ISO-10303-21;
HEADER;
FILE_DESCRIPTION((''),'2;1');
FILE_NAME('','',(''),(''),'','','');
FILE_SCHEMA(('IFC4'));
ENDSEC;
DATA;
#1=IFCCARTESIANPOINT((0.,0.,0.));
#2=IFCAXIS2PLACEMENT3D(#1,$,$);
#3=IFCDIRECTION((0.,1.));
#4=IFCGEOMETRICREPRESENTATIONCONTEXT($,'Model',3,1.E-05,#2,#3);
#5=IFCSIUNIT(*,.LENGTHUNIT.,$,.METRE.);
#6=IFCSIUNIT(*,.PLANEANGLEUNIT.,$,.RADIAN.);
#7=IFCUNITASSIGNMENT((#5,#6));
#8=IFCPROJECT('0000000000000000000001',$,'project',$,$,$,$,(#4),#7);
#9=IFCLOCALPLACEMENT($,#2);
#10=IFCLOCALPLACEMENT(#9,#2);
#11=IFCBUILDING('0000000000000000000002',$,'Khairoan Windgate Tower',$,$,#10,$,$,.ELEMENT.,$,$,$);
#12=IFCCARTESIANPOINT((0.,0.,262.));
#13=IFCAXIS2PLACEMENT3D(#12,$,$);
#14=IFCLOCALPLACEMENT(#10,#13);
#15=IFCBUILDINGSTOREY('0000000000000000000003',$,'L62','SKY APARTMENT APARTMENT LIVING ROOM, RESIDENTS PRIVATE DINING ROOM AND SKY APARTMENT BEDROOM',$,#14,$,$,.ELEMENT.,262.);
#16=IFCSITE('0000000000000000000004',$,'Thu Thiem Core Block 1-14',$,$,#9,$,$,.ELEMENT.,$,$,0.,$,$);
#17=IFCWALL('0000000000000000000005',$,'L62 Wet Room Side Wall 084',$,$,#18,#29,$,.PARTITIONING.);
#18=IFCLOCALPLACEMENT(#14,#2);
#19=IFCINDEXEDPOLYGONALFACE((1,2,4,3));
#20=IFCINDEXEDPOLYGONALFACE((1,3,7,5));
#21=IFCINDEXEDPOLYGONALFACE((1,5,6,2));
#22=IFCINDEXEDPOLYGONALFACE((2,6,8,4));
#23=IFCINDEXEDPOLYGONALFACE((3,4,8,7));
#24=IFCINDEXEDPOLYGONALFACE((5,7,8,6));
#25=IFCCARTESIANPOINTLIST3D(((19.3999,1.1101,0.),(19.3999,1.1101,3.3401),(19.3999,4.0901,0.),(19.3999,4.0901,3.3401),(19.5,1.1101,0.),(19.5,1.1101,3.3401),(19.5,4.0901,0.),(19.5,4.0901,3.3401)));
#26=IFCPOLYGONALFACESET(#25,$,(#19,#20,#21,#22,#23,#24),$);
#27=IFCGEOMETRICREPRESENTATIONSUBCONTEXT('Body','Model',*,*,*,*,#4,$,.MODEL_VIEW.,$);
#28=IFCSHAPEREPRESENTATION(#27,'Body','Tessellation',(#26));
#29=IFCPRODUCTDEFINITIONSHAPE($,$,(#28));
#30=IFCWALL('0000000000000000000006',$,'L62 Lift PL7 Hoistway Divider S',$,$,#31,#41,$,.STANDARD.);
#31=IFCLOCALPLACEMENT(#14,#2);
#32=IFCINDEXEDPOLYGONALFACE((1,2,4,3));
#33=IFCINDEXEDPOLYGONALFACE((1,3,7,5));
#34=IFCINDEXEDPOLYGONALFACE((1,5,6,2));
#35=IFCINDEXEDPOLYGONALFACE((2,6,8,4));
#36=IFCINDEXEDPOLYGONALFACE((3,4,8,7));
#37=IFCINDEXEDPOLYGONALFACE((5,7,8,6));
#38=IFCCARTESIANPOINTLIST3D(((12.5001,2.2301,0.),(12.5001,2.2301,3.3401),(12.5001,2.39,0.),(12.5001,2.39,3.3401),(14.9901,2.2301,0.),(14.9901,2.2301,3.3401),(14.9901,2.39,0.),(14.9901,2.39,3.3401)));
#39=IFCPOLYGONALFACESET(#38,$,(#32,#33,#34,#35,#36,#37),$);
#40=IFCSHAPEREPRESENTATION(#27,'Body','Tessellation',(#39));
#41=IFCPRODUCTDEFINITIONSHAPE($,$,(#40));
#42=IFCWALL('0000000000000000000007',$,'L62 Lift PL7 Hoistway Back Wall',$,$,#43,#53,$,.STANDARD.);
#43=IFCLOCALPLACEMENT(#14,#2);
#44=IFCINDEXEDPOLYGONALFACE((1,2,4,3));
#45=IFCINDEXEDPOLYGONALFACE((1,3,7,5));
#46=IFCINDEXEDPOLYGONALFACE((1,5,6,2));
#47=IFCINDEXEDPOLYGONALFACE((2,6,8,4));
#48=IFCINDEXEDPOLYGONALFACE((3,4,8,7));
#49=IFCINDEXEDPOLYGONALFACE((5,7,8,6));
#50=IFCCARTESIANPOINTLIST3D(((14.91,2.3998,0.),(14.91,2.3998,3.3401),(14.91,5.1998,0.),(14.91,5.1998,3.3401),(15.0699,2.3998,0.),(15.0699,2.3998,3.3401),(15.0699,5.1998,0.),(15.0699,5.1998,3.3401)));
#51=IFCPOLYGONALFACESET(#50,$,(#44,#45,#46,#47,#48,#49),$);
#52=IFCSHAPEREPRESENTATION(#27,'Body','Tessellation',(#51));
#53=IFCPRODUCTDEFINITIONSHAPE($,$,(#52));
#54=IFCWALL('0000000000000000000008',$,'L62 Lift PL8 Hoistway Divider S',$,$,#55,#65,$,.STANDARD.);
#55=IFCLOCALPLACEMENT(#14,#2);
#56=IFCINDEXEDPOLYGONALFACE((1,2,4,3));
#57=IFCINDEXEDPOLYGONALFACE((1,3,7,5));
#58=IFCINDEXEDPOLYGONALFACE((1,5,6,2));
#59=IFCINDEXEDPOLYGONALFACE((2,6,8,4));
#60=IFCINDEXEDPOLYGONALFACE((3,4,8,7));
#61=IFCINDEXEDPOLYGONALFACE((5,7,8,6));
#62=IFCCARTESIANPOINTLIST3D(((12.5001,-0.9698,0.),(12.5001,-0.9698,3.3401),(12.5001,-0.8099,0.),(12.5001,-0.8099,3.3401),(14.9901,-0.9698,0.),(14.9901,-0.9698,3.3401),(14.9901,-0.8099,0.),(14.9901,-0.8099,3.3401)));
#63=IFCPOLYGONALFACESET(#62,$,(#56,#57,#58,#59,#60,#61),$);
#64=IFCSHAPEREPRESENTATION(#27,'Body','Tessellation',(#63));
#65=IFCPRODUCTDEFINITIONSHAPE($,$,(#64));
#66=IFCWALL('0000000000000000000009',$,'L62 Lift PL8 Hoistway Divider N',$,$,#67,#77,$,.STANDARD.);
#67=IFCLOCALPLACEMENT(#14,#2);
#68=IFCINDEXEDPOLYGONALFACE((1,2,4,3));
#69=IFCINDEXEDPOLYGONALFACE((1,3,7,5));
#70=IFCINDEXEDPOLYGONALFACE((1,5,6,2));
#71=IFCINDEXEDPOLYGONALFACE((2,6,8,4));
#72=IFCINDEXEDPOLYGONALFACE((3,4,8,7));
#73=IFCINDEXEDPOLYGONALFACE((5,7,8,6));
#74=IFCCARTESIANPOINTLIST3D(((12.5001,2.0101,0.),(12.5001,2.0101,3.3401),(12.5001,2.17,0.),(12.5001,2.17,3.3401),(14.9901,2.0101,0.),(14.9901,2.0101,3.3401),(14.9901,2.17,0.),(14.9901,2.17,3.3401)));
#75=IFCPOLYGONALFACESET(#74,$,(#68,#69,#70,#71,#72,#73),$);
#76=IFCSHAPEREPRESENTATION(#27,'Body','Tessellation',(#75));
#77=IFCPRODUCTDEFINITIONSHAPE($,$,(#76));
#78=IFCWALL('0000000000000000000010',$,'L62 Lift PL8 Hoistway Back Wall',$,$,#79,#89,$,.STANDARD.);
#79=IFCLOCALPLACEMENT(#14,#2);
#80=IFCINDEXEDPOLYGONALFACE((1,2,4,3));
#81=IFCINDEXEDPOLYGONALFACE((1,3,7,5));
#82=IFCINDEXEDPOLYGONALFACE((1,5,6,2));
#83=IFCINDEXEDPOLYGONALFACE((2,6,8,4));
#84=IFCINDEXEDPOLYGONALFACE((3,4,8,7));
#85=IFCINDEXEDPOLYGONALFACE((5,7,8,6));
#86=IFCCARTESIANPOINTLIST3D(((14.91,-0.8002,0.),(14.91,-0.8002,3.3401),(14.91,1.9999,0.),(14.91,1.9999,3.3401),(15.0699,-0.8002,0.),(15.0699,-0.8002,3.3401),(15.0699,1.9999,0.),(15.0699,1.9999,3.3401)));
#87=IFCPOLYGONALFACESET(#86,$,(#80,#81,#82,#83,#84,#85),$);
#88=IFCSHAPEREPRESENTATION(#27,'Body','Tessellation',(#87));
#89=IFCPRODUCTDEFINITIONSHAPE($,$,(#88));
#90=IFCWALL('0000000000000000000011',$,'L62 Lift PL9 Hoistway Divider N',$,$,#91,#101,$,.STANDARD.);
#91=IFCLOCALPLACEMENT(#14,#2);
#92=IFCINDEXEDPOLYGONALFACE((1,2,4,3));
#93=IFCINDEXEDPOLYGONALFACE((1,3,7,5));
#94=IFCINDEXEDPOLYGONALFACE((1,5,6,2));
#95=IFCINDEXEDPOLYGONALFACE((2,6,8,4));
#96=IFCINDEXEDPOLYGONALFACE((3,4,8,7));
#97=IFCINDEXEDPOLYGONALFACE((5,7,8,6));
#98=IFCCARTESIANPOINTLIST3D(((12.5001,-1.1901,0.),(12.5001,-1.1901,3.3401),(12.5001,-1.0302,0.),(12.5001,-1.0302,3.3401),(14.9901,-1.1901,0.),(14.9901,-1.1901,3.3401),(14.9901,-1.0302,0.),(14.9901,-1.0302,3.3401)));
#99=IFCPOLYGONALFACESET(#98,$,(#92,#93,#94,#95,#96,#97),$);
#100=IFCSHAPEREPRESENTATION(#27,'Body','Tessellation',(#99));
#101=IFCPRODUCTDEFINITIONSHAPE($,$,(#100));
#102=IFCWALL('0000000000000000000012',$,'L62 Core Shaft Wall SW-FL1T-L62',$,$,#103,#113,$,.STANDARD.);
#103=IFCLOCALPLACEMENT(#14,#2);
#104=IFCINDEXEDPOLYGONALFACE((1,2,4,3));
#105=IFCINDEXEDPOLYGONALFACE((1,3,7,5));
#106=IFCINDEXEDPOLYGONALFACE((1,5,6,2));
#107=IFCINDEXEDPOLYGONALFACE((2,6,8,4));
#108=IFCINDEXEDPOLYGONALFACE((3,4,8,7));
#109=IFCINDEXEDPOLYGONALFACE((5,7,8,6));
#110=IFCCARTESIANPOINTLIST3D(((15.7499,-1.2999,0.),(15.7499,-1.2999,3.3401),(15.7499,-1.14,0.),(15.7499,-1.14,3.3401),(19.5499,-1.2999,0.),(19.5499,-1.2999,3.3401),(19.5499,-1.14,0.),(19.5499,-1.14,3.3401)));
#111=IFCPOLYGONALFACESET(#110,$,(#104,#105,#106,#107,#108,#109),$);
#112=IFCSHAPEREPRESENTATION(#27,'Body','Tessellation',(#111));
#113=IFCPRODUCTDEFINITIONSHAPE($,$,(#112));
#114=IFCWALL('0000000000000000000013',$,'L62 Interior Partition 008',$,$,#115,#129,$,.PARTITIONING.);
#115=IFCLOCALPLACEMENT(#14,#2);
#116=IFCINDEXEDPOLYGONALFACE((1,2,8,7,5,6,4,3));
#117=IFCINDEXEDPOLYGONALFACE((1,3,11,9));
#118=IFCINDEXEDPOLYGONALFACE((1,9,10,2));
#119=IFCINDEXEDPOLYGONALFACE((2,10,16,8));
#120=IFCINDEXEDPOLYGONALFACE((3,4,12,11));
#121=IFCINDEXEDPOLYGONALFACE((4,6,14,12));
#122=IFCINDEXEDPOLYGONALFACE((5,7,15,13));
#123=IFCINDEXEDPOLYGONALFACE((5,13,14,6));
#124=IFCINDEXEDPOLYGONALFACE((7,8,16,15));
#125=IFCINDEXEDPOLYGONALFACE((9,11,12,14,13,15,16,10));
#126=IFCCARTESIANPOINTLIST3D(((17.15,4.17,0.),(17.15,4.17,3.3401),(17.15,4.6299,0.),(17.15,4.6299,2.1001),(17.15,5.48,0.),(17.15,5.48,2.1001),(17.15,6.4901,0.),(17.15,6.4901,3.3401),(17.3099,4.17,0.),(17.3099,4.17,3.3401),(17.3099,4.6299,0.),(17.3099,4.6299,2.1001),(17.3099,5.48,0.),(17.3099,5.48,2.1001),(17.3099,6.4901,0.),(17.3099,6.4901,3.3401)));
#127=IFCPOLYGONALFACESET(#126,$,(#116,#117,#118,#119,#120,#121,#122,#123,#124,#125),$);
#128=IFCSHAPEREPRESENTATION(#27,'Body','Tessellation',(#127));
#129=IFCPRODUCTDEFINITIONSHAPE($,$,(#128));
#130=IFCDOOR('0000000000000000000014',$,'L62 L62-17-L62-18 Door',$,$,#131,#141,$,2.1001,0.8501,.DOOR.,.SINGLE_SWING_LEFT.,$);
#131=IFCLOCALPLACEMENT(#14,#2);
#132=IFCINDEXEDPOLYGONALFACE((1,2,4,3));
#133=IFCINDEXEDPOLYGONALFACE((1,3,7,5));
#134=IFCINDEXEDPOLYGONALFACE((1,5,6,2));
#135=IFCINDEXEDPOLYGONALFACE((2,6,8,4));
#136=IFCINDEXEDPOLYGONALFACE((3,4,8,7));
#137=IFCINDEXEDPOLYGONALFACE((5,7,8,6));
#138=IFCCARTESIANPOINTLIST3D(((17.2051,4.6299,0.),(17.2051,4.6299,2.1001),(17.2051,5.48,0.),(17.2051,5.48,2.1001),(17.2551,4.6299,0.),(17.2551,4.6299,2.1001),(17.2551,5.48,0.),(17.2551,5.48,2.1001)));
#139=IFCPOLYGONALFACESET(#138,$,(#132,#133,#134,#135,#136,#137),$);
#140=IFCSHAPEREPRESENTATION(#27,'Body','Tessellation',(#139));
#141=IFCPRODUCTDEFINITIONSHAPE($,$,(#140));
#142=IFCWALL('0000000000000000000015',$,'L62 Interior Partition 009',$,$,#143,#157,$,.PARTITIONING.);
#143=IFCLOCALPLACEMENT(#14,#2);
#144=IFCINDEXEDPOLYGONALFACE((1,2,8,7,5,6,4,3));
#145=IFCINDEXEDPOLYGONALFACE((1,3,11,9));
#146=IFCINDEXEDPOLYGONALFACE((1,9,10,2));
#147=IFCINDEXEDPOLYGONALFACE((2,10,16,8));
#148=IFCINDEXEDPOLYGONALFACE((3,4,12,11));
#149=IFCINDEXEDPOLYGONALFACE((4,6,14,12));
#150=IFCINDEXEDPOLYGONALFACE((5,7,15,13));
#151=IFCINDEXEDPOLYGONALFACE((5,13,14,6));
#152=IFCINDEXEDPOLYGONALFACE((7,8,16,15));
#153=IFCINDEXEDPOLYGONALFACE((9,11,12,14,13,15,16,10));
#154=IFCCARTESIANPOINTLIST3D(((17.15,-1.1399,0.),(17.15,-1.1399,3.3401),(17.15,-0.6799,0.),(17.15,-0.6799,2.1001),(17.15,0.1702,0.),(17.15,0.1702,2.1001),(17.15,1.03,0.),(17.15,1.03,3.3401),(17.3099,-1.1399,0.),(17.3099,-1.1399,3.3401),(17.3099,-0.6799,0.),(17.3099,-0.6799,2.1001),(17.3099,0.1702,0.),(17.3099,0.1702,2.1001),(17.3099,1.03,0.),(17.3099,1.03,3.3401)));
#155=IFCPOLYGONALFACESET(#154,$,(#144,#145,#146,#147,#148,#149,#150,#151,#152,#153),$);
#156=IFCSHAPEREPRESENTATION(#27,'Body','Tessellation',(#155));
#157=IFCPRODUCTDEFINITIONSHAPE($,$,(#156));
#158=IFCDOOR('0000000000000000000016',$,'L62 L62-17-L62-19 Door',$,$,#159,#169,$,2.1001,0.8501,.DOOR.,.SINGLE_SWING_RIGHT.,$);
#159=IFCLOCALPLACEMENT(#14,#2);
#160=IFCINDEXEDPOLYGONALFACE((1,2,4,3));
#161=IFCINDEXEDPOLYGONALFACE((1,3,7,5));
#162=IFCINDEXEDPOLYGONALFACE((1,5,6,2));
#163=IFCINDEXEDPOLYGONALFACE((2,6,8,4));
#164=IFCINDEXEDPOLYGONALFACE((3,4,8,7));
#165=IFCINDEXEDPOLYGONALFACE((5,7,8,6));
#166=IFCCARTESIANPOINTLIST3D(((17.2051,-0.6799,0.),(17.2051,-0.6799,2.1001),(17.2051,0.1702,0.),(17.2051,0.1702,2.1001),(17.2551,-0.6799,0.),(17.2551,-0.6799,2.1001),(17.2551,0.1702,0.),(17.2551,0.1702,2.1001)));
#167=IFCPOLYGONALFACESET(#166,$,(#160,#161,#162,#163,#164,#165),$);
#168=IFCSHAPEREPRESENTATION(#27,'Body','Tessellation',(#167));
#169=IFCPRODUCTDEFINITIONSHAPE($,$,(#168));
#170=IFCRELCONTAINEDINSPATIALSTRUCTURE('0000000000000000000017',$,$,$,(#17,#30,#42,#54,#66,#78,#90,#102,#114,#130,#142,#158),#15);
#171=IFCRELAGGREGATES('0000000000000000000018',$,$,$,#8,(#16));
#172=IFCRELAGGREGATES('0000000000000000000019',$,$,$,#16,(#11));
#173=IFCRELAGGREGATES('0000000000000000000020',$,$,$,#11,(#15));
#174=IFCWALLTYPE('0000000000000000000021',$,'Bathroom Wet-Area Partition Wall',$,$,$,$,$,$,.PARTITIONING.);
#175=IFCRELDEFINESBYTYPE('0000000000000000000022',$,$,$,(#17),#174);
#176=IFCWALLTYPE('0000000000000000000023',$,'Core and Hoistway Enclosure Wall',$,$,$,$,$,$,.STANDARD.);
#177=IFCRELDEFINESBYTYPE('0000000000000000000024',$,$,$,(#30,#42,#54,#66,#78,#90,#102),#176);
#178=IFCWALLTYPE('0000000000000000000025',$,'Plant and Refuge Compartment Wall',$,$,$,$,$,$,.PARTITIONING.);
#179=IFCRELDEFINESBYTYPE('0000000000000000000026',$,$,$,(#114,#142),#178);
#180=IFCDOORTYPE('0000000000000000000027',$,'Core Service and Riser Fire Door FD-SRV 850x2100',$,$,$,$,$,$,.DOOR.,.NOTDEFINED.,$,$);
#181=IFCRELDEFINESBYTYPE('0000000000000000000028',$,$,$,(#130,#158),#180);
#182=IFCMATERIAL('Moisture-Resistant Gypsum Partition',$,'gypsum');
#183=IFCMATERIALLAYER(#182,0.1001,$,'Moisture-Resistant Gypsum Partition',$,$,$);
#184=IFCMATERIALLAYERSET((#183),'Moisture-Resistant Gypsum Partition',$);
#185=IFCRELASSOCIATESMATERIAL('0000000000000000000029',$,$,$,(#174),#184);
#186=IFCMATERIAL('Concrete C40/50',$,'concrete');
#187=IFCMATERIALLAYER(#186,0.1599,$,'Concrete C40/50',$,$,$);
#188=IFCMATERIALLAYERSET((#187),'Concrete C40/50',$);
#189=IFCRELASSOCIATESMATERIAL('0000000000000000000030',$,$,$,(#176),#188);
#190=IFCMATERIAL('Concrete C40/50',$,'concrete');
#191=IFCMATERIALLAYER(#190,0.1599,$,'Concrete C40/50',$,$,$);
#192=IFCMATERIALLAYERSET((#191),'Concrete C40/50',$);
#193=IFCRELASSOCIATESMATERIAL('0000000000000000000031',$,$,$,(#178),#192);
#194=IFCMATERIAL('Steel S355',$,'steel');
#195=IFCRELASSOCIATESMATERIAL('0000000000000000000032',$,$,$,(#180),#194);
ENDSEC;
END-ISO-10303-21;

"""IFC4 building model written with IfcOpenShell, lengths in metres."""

from ifc_helpers import new_model, si_unit, direction, frame, frame_2d, origin, place, context, subcontext, project, spatial, rectangle, extrude, material, layer, layer_set, type_object, element, fill, save


model = new_model("IFC4")

# Units and contexts
model_context = context("Model", 3, precision=1e-05, world=origin(), true_north=direction((0.0, 1.0)))
body_context = subcontext(model_context, "Body", "Model", "MODEL_VIEW")
ifc_project = project(units=[si_unit("LENGTHUNIT", "METRE"), si_unit("PLANEANGLEUNIT", "RADIAN")], contexts=[model_context])

# Site, building, storey
site_placement = place(None, origin())
site = spatial("IfcSite", under=ifc_project, at=site_placement, Name="Thu Thiem Core Block 1-14", CompositionType="ELEMENT", RefElevation=0.0)
building_placement = place(site_placement, origin())
building = spatial("IfcBuilding", under=site, at=building_placement, Name="Khairoan Windgate Tower", CompositionType="ELEMENT")
storey_placement = place(building_placement, frame((0.0, 0.0, 262.0)))
storey = spatial("IfcBuildingStorey", under=building, at=storey_placement, Name="L62", Description="SKY APARTMENT APARTMENT LIVING ROOM, RESIDENTS PRIVATE DINING ROOM AND SKY APARTMENT BEDROOM", CompositionType="ELEMENT", Elevation=262.0)

# Walls
ifc_material_1 = material(Name="Moisture-Resistant Gypsum Partition", Category="gypsum")
ifc_layer_1 = layer(ifc_material_1, 0.1001, Name="Moisture-Resistant Gypsum Partition")
ifc_layer_set_1 = layer_set([ifc_layer_1], Name="Moisture-Resistant Gypsum Partition")
wall_type_1 = type_object("IfcWallType", Name="Bathroom Wet-Area Partition Wall", PredefinedType="PARTITIONING", material=ifc_layer_set_1)
wall_1_placement = place(storey_placement, frame((19.45, 4.0901, 0.0), z_axis=(0.0, 0.0, 1.0), x_axis=(0.0, -1.0, 0.0)))
element("IfcWall", 1, at=wall_1_placement, inside=storey, type_object=wall_type_1, Name="L62 Wet Room Side Wall 084", PredefinedType="PARTITIONING", context=body_context, shape_type="SweptSolid", body=[
    extrude(rectangle(XDim=2.98, YDim=0.1001, at=frame_2d((1.49, 0.0))), origin(), (0.0, 0.0, 1.0), 3.3401),
])
ifc_material_2 = material(Name="Concrete C40/50", Category="concrete")
ifc_layer_2 = layer(ifc_material_2, 0.1599, Name="Concrete C40/50")
ifc_layer_set_2 = layer_set([ifc_layer_2], Name="Concrete C40/50")
wall_type_2 = type_object("IfcWallType", Name="Core and Hoistway Enclosure Wall", PredefinedType="STANDARD", material=ifc_layer_set_2)
wall_2_placement = place(storey_placement, frame((12.5, 2.3101, 0.0), z_axis=(0.0, 0.0, 1.0), x_axis=(1.0, 0.0, 0.0)))
element("IfcWall", 2, at=wall_2_placement, inside=storey, type_object=wall_type_2, Name="L62 Lift PL7 Hoistway Divider S", PredefinedType="STANDARD", context=body_context, shape_type="SweptSolid", body=[
    extrude(rectangle(XDim=2.49, YDim=0.1599, at=frame_2d((1.2451, 0.0))), origin(), (0.0, 0.0, 1.0), 3.3401),
])
wall_3_placement = place(storey_placement, frame((14.99, 2.3999, 0.0), z_axis=(0.0, 0.0, 1.0), x_axis=(0.0, 1.0, 0.0)))
element("IfcWall", 3, at=wall_3_placement, inside=storey, type_object=wall_type_2, Name="L62 Lift PL7 Hoistway Back Wall", PredefinedType="STANDARD", context=body_context, shape_type="SweptSolid", body=[
    extrude(rectangle(XDim=2.8, YDim=0.1599, at=frame_2d((1.3999, 0.0))), origin(), (0.0, 0.0, 1.0), 3.3401),
])
for number, where, z_axis, x_axis, name in (
    (4, (12.5, -0.8899, 0.0), (0.0, 0.0, 1.0), (1.0, 0.0, 0.0), "L62 Lift PL8 Hoistway Divider S"),
    (5, (12.5, 2.0901, 0.0), (0.0, 0.0, 1.0), (1.0, 0.0, 0.0), "L62 Lift PL8 Hoistway Divider N"),
):
    element("IfcWall", number, at=place(storey_placement, frame(where, z_axis=z_axis, x_axis=x_axis)), inside=storey, type_object=wall_type_2, Name=name, PredefinedType="STANDARD", context=body_context, shape_type="SweptSolid", body=[
        extrude(rectangle(XDim=2.49, YDim=0.1599, at=frame_2d((1.2451, 0.0))), origin(), (0.0, 0.0, 1.0), 3.3401),
    ])
wall_4_placement = place(storey_placement, frame((14.99, -0.8, 0.0), z_axis=(0.0, 0.0, 1.0), x_axis=(0.0, 1.0, 0.0)))
element("IfcWall", 6, at=wall_4_placement, inside=storey, type_object=wall_type_2, Name="L62 Lift PL8 Hoistway Back Wall", PredefinedType="STANDARD", context=body_context, shape_type="SweptSolid", body=[
    extrude(rectangle(XDim=2.8, YDim=0.1599, at=frame_2d((1.3999, 0.0))), origin(), (0.0, 0.0, 1.0), 3.3401),
])
wall_5_placement = place(storey_placement, frame((12.5, -1.1101, 0.0), z_axis=(0.0, 0.0, 1.0), x_axis=(1.0, 0.0, 0.0)))
element("IfcWall", 7, at=wall_5_placement, inside=storey, type_object=wall_type_2, Name="L62 Lift PL9 Hoistway Divider N", PredefinedType="STANDARD", context=body_context, shape_type="SweptSolid", body=[
    extrude(rectangle(XDim=2.49, YDim=0.1599, at=frame_2d((1.2451, 0.0))), origin(), (0.0, 0.0, 1.0), 3.3401),
])
wall_6_placement = place(storey_placement, frame((15.75, -1.22, 0.0), z_axis=(0.0, 0.0, 1.0), x_axis=(1.0, 0.0, 0.0)))
element("IfcWall", 8, at=wall_6_placement, inside=storey, type_object=wall_type_2, Name="L62 Core Shaft Wall SW-FL1T-L62", PredefinedType="STANDARD", context=body_context, shape_type="SweptSolid", body=[
    extrude(rectangle(XDim=3.8, YDim=0.1599, at=frame_2d((1.8999, 0.0))), origin(), (0.0, 0.0, 1.0), 3.3401),
])

# Walls, openings, doors
ifc_material_3 = material(Name="Concrete C40/50", Category="concrete")
ifc_layer_3 = layer(ifc_material_3, 0.1599, Name="Concrete C40/50")
ifc_layer_set_3 = layer_set([ifc_layer_3], Name="Concrete C40/50")
wall_type_3 = type_object("IfcWallType", Name="Plant and Refuge Compartment Wall", PredefinedType="PARTITIONING", material=ifc_layer_set_3)
wall_7_placement = place(storey_placement, frame((17.23, 4.1699, 0.0), z_axis=(0.0, 0.0, 1.0), x_axis=(0.0, 1.0, 0.0)))
wall_7 = element("IfcWall", 9, at=wall_7_placement, inside=storey, type_object=wall_type_3, Name="L62 Interior Partition 008", PredefinedType="PARTITIONING", context=body_context, shape_type="SweptSolid", body=[
    extrude(rectangle(XDim=2.3201, YDim=0.1599, at=frame_2d((1.1602, 0.0))), origin(), (0.0, 0.0, 1.0), 3.3401),
])
opening_1_placement = place(wall_7_placement, frame((0.46, 0.0, 0.0)))
opening_1 = element("IfcOpeningElement", 10, at=opening_1_placement, cuts=wall_7, PredefinedType="OPENING", context=body_context, shape_type="SweptSolid", body=[
    extrude(rectangle(XDim=0.8501, YDim=2.1001, at=frame_2d((0.425, 1.05))), frame((0.0, 0.0898, 0.0), z_axis=(0.0, -1.0, 0.0), x_axis=(1.0, 0.0, 0.0)), (0.0, 0.0, 1.0), 0.1799),
])
ifc_material_4 = material(Name="Steel S355", Category="steel")
door_type = type_object("IfcDoorType", Name="Core Service and Riser Fire Door FD-SRV 850x2100", OperationType="NOTDEFINED", PredefinedType="DOOR", material=ifc_material_4)
door_1_placement = place(opening_1_placement, origin())
door_1 = element("IfcDoor", 11, at=door_1_placement, inside=storey, type_object=door_type, Name="L62 L62-17-L62-18 Door", OperationType="SINGLE_SWING_LEFT", OverallHeight=2.1001, OverallWidth=0.8501, PredefinedType="DOOR", context=body_context, shape_type="SweptSolid", body=[
    extrude(rectangle(XDim=0.8501, YDim=2.1001, at=frame_2d((0.425, 1.05))), frame((0.0, 0.0249, 0.0), z_axis=(0.0, -1.0, 0.0), x_axis=(1.0, 0.0, 0.0)), (0.0, 0.0, 1.0), 0.05),
])
fill(opening_1, door_1)
wall_8_placement = place(storey_placement, frame((17.23, -1.1399, 0.0), z_axis=(0.0, 0.0, 1.0), x_axis=(0.0, 1.0, 0.0)))
wall_8 = element("IfcWall", 12, at=wall_8_placement, inside=storey, type_object=wall_type_3, Name="L62 Interior Partition 009", PredefinedType="PARTITIONING", context=body_context, shape_type="SweptSolid", body=[
    extrude(rectangle(XDim=2.1699, YDim=0.1599, at=frame_2d((1.085, 0.0))), origin(), (0.0, 0.0, 1.0), 3.3401),
])
opening_2_placement = place(wall_8_placement, frame((0.46, 0.0, 0.0)))
opening_2 = element("IfcOpeningElement", 13, at=opening_2_placement, cuts=wall_8, PredefinedType="OPENING", context=body_context, shape_type="SweptSolid", body=[
    extrude(rectangle(XDim=0.8501, YDim=2.1001, at=frame_2d((0.425, 1.05))), frame((0.0, 0.0898, 0.0), z_axis=(0.0, -1.0, 0.0), x_axis=(1.0, 0.0, 0.0)), (0.0, 0.0, 1.0), 0.1799),
])
door_2_placement = place(opening_2_placement, origin())
door_2 = element("IfcDoor", 14, at=door_2_placement, inside=storey, type_object=door_type, Name="L62 L62-17-L62-19 Door", OperationType="SINGLE_SWING_RIGHT", OverallHeight=2.1001, OverallWidth=0.8501, PredefinedType="DOOR", context=body_context, shape_type="SweptSolid", body=[
    extrude(rectangle(XDim=0.8501, YDim=2.1001, at=frame_2d((0.425, 1.05))), frame((0.0, 0.0249, 0.0), z_axis=(0.0, -1.0, 0.0), x_axis=(1.0, 0.0, 0.0)), (0.0, 0.0, 1.0), 0.05),
])
fill(opening_2, door_2)

save(model, "model.ifc")
